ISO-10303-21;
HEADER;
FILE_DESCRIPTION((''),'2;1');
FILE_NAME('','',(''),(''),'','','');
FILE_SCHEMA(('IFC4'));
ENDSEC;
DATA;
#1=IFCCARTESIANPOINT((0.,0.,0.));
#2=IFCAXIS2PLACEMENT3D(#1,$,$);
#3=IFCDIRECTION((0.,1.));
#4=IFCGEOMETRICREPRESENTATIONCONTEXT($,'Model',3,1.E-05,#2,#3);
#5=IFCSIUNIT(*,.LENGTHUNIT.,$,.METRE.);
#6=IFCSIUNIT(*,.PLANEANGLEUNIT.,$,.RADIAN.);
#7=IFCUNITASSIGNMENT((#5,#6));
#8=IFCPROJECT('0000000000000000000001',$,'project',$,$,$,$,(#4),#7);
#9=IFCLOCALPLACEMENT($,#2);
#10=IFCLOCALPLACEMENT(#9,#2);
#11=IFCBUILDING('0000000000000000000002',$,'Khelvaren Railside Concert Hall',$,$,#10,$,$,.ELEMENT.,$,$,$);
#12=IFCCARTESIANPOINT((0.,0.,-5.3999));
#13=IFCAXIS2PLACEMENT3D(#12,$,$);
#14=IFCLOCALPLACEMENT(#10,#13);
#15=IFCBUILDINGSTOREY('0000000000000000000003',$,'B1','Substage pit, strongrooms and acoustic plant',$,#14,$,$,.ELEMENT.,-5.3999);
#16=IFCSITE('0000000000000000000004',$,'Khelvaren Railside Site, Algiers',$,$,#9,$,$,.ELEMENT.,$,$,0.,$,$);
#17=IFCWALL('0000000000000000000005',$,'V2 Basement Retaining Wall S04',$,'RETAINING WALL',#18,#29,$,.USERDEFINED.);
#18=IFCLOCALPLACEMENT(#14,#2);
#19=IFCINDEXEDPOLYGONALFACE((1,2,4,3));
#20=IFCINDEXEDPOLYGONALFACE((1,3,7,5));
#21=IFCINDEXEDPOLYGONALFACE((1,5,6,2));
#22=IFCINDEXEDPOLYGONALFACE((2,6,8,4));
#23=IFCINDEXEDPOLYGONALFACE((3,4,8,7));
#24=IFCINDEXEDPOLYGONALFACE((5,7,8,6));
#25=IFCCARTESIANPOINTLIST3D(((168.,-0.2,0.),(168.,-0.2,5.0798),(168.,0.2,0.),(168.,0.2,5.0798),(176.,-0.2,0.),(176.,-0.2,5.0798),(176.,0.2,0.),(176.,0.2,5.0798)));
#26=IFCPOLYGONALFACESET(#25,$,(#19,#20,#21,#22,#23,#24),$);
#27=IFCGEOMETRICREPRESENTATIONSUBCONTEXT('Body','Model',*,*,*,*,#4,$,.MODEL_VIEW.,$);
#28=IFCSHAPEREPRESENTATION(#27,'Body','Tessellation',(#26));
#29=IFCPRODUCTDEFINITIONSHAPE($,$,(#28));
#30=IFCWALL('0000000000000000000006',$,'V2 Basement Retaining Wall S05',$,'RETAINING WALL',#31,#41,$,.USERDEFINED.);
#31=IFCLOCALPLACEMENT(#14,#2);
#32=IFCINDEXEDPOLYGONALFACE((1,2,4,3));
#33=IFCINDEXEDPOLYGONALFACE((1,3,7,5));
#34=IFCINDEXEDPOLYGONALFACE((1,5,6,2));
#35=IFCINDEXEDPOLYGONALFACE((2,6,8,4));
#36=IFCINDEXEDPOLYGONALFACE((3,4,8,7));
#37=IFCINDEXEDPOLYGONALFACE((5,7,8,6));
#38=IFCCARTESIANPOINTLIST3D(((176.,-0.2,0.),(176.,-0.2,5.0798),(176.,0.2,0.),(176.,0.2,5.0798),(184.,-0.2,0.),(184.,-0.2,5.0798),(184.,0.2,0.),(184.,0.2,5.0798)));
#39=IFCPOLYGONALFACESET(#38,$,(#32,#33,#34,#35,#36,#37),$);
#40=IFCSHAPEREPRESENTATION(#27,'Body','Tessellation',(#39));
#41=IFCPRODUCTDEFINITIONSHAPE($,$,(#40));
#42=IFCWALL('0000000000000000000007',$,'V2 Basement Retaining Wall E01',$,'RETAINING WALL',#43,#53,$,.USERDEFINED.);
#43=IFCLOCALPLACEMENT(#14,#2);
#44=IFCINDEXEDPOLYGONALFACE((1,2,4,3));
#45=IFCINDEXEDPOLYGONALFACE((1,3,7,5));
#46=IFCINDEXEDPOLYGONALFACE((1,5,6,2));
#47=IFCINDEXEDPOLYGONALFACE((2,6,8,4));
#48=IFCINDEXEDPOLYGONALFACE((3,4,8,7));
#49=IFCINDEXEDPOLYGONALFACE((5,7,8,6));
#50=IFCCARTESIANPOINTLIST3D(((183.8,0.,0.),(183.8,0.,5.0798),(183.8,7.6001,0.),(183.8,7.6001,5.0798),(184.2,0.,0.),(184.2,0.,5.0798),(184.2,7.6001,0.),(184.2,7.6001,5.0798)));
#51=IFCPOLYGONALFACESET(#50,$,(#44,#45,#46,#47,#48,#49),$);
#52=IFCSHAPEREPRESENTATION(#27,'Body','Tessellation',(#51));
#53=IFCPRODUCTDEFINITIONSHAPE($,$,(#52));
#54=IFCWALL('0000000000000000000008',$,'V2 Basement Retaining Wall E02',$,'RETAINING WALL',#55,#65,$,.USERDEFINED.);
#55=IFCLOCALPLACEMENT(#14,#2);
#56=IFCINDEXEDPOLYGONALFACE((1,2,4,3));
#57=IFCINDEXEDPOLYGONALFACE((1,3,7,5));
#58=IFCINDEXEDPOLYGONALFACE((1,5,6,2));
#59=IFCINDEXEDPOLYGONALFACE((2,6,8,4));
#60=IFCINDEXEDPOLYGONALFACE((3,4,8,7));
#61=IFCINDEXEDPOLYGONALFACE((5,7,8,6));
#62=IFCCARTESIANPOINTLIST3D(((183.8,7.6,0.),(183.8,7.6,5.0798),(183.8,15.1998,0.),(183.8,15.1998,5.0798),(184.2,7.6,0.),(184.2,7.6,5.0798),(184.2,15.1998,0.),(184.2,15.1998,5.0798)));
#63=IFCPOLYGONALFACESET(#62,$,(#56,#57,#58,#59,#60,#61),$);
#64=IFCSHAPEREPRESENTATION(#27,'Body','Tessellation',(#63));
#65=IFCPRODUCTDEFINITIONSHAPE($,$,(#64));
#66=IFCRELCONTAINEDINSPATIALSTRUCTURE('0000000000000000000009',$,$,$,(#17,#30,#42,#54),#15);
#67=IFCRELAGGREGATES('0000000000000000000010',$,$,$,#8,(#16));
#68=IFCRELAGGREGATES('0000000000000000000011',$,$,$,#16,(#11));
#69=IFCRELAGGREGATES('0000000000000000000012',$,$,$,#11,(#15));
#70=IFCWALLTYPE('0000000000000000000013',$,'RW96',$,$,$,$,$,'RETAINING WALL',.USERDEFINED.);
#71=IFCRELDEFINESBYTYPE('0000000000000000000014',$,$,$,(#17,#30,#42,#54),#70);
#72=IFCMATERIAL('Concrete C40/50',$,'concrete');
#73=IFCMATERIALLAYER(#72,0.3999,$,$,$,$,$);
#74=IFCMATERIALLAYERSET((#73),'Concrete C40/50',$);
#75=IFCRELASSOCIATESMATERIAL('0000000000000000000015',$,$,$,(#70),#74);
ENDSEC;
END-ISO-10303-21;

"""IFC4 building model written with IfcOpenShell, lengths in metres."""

from ifc_helpers import new_model, si_unit, direction, frame, frame_2d, origin, place, context, subcontext, project, spatial, rectangle, extrude, material, layer, layer_set, type_object, element, save


model = new_model("IFC4")

# Units and contexts
model_context = context("Model", 3, precision=1e-05, world=origin(), true_north=direction((0.0, 1.0)))
body_context = subcontext(model_context, "Body", "Model", "MODEL_VIEW")
ifc_project = project(units=[si_unit("LENGTHUNIT", "METRE"), si_unit("PLANEANGLEUNIT", "RADIAN")], contexts=[model_context])

# Site, building, storey
site_placement = place(None, origin())
site = spatial("IfcSite", under=ifc_project, at=site_placement, Name="Khelvaren Railside Site, Algiers", CompositionType="ELEMENT", RefElevation=0.0)
building_placement = place(site_placement, origin())
building = spatial("IfcBuilding", under=site, at=building_placement, Name="Khelvaren Railside Concert Hall", CompositionType="ELEMENT")
storey_placement = place(building_placement, frame((0.0, 0.0, -5.3999)))
storey = spatial("IfcBuildingStorey", under=building, at=storey_placement, Name="B1", Description="Substage pit, strongrooms and acoustic plant", CompositionType="ELEMENT", Elevation=-5.3999)

# Walls
ifc_material_1 = material(Name="Concrete C40/50", Category="concrete")
ifc_layer_1 = layer(ifc_material_1, 0.3999)
ifc_layer_set_1 = layer_set([ifc_layer_1], Name="Concrete C40/50")
wall_type_1 = type_object("IfcWallType", Name="RW96", ElementType="RETAINING WALL", PredefinedType="USERDEFINED", material=ifc_layer_set_1)
for number, where, z_axis, x_axis, name in (
    (1, (168.0, 0.0, 0.0), (0.0, 0.0, 1.0), (1.0, 0.0, 0.0), "V2 Basement Retaining Wall S04"),
    (2, (176.0, 0.0, 0.0), (0.0, 0.0, 1.0), (1.0, 0.0, 0.0), "V2 Basement Retaining Wall S05"),
):
    element("IfcWall", number, at=place(storey_placement, frame(where, z_axis=z_axis, x_axis=x_axis)), inside=storey, type_object=wall_type_1, Name=name, ObjectType="RETAINING WALL", PredefinedType="USERDEFINED", context=body_context, shape_type="SweptSolid", body=[
        extrude(rectangle(XDim=8.0, YDim=0.3999, at=frame_2d((4.0, 0.0))), origin(), (0.0, 0.0, 1.0), 5.0798),
    ])
wall_1_placement = place(storey_placement, frame((184.0, 0.0, 0.0), z_axis=(0.0, 0.0, 1.0), x_axis=(0.0, 1.0, 0.0)))
element("IfcWall", 3, at=wall_1_placement, inside=storey, type_object=wall_type_1, Name="V2 Basement Retaining Wall E01", ObjectType="RETAINING WALL", PredefinedType="USERDEFINED", context=body_context, shape_type="SweptSolid", body=[
    extrude(rectangle(XDim=7.6001, YDim=0.3999, at=frame_2d((3.8, 0.0))), origin(), (0.0, 0.0, 1.0), 5.0798),
])
wall_2_placement = place(storey_placement, frame((184.0, 7.6001, 0.0), z_axis=(0.0, 0.0, 1.0), x_axis=(0.0, 1.0, 0.0)))
element("IfcWall", 4, at=wall_2_placement, inside=storey, type_object=wall_type_1, Name="V2 Basement Retaining Wall E02", ObjectType="RETAINING WALL", PredefinedType="USERDEFINED", context=body_context, shape_type="SweptSolid", body=[
    extrude(rectangle(XDim=7.5999, YDim=0.3999, at=frame_2d((3.7998, 0.0))), origin(), (0.0, 0.0, 1.0), 5.0798),
])

save(model, "model.ifc")
